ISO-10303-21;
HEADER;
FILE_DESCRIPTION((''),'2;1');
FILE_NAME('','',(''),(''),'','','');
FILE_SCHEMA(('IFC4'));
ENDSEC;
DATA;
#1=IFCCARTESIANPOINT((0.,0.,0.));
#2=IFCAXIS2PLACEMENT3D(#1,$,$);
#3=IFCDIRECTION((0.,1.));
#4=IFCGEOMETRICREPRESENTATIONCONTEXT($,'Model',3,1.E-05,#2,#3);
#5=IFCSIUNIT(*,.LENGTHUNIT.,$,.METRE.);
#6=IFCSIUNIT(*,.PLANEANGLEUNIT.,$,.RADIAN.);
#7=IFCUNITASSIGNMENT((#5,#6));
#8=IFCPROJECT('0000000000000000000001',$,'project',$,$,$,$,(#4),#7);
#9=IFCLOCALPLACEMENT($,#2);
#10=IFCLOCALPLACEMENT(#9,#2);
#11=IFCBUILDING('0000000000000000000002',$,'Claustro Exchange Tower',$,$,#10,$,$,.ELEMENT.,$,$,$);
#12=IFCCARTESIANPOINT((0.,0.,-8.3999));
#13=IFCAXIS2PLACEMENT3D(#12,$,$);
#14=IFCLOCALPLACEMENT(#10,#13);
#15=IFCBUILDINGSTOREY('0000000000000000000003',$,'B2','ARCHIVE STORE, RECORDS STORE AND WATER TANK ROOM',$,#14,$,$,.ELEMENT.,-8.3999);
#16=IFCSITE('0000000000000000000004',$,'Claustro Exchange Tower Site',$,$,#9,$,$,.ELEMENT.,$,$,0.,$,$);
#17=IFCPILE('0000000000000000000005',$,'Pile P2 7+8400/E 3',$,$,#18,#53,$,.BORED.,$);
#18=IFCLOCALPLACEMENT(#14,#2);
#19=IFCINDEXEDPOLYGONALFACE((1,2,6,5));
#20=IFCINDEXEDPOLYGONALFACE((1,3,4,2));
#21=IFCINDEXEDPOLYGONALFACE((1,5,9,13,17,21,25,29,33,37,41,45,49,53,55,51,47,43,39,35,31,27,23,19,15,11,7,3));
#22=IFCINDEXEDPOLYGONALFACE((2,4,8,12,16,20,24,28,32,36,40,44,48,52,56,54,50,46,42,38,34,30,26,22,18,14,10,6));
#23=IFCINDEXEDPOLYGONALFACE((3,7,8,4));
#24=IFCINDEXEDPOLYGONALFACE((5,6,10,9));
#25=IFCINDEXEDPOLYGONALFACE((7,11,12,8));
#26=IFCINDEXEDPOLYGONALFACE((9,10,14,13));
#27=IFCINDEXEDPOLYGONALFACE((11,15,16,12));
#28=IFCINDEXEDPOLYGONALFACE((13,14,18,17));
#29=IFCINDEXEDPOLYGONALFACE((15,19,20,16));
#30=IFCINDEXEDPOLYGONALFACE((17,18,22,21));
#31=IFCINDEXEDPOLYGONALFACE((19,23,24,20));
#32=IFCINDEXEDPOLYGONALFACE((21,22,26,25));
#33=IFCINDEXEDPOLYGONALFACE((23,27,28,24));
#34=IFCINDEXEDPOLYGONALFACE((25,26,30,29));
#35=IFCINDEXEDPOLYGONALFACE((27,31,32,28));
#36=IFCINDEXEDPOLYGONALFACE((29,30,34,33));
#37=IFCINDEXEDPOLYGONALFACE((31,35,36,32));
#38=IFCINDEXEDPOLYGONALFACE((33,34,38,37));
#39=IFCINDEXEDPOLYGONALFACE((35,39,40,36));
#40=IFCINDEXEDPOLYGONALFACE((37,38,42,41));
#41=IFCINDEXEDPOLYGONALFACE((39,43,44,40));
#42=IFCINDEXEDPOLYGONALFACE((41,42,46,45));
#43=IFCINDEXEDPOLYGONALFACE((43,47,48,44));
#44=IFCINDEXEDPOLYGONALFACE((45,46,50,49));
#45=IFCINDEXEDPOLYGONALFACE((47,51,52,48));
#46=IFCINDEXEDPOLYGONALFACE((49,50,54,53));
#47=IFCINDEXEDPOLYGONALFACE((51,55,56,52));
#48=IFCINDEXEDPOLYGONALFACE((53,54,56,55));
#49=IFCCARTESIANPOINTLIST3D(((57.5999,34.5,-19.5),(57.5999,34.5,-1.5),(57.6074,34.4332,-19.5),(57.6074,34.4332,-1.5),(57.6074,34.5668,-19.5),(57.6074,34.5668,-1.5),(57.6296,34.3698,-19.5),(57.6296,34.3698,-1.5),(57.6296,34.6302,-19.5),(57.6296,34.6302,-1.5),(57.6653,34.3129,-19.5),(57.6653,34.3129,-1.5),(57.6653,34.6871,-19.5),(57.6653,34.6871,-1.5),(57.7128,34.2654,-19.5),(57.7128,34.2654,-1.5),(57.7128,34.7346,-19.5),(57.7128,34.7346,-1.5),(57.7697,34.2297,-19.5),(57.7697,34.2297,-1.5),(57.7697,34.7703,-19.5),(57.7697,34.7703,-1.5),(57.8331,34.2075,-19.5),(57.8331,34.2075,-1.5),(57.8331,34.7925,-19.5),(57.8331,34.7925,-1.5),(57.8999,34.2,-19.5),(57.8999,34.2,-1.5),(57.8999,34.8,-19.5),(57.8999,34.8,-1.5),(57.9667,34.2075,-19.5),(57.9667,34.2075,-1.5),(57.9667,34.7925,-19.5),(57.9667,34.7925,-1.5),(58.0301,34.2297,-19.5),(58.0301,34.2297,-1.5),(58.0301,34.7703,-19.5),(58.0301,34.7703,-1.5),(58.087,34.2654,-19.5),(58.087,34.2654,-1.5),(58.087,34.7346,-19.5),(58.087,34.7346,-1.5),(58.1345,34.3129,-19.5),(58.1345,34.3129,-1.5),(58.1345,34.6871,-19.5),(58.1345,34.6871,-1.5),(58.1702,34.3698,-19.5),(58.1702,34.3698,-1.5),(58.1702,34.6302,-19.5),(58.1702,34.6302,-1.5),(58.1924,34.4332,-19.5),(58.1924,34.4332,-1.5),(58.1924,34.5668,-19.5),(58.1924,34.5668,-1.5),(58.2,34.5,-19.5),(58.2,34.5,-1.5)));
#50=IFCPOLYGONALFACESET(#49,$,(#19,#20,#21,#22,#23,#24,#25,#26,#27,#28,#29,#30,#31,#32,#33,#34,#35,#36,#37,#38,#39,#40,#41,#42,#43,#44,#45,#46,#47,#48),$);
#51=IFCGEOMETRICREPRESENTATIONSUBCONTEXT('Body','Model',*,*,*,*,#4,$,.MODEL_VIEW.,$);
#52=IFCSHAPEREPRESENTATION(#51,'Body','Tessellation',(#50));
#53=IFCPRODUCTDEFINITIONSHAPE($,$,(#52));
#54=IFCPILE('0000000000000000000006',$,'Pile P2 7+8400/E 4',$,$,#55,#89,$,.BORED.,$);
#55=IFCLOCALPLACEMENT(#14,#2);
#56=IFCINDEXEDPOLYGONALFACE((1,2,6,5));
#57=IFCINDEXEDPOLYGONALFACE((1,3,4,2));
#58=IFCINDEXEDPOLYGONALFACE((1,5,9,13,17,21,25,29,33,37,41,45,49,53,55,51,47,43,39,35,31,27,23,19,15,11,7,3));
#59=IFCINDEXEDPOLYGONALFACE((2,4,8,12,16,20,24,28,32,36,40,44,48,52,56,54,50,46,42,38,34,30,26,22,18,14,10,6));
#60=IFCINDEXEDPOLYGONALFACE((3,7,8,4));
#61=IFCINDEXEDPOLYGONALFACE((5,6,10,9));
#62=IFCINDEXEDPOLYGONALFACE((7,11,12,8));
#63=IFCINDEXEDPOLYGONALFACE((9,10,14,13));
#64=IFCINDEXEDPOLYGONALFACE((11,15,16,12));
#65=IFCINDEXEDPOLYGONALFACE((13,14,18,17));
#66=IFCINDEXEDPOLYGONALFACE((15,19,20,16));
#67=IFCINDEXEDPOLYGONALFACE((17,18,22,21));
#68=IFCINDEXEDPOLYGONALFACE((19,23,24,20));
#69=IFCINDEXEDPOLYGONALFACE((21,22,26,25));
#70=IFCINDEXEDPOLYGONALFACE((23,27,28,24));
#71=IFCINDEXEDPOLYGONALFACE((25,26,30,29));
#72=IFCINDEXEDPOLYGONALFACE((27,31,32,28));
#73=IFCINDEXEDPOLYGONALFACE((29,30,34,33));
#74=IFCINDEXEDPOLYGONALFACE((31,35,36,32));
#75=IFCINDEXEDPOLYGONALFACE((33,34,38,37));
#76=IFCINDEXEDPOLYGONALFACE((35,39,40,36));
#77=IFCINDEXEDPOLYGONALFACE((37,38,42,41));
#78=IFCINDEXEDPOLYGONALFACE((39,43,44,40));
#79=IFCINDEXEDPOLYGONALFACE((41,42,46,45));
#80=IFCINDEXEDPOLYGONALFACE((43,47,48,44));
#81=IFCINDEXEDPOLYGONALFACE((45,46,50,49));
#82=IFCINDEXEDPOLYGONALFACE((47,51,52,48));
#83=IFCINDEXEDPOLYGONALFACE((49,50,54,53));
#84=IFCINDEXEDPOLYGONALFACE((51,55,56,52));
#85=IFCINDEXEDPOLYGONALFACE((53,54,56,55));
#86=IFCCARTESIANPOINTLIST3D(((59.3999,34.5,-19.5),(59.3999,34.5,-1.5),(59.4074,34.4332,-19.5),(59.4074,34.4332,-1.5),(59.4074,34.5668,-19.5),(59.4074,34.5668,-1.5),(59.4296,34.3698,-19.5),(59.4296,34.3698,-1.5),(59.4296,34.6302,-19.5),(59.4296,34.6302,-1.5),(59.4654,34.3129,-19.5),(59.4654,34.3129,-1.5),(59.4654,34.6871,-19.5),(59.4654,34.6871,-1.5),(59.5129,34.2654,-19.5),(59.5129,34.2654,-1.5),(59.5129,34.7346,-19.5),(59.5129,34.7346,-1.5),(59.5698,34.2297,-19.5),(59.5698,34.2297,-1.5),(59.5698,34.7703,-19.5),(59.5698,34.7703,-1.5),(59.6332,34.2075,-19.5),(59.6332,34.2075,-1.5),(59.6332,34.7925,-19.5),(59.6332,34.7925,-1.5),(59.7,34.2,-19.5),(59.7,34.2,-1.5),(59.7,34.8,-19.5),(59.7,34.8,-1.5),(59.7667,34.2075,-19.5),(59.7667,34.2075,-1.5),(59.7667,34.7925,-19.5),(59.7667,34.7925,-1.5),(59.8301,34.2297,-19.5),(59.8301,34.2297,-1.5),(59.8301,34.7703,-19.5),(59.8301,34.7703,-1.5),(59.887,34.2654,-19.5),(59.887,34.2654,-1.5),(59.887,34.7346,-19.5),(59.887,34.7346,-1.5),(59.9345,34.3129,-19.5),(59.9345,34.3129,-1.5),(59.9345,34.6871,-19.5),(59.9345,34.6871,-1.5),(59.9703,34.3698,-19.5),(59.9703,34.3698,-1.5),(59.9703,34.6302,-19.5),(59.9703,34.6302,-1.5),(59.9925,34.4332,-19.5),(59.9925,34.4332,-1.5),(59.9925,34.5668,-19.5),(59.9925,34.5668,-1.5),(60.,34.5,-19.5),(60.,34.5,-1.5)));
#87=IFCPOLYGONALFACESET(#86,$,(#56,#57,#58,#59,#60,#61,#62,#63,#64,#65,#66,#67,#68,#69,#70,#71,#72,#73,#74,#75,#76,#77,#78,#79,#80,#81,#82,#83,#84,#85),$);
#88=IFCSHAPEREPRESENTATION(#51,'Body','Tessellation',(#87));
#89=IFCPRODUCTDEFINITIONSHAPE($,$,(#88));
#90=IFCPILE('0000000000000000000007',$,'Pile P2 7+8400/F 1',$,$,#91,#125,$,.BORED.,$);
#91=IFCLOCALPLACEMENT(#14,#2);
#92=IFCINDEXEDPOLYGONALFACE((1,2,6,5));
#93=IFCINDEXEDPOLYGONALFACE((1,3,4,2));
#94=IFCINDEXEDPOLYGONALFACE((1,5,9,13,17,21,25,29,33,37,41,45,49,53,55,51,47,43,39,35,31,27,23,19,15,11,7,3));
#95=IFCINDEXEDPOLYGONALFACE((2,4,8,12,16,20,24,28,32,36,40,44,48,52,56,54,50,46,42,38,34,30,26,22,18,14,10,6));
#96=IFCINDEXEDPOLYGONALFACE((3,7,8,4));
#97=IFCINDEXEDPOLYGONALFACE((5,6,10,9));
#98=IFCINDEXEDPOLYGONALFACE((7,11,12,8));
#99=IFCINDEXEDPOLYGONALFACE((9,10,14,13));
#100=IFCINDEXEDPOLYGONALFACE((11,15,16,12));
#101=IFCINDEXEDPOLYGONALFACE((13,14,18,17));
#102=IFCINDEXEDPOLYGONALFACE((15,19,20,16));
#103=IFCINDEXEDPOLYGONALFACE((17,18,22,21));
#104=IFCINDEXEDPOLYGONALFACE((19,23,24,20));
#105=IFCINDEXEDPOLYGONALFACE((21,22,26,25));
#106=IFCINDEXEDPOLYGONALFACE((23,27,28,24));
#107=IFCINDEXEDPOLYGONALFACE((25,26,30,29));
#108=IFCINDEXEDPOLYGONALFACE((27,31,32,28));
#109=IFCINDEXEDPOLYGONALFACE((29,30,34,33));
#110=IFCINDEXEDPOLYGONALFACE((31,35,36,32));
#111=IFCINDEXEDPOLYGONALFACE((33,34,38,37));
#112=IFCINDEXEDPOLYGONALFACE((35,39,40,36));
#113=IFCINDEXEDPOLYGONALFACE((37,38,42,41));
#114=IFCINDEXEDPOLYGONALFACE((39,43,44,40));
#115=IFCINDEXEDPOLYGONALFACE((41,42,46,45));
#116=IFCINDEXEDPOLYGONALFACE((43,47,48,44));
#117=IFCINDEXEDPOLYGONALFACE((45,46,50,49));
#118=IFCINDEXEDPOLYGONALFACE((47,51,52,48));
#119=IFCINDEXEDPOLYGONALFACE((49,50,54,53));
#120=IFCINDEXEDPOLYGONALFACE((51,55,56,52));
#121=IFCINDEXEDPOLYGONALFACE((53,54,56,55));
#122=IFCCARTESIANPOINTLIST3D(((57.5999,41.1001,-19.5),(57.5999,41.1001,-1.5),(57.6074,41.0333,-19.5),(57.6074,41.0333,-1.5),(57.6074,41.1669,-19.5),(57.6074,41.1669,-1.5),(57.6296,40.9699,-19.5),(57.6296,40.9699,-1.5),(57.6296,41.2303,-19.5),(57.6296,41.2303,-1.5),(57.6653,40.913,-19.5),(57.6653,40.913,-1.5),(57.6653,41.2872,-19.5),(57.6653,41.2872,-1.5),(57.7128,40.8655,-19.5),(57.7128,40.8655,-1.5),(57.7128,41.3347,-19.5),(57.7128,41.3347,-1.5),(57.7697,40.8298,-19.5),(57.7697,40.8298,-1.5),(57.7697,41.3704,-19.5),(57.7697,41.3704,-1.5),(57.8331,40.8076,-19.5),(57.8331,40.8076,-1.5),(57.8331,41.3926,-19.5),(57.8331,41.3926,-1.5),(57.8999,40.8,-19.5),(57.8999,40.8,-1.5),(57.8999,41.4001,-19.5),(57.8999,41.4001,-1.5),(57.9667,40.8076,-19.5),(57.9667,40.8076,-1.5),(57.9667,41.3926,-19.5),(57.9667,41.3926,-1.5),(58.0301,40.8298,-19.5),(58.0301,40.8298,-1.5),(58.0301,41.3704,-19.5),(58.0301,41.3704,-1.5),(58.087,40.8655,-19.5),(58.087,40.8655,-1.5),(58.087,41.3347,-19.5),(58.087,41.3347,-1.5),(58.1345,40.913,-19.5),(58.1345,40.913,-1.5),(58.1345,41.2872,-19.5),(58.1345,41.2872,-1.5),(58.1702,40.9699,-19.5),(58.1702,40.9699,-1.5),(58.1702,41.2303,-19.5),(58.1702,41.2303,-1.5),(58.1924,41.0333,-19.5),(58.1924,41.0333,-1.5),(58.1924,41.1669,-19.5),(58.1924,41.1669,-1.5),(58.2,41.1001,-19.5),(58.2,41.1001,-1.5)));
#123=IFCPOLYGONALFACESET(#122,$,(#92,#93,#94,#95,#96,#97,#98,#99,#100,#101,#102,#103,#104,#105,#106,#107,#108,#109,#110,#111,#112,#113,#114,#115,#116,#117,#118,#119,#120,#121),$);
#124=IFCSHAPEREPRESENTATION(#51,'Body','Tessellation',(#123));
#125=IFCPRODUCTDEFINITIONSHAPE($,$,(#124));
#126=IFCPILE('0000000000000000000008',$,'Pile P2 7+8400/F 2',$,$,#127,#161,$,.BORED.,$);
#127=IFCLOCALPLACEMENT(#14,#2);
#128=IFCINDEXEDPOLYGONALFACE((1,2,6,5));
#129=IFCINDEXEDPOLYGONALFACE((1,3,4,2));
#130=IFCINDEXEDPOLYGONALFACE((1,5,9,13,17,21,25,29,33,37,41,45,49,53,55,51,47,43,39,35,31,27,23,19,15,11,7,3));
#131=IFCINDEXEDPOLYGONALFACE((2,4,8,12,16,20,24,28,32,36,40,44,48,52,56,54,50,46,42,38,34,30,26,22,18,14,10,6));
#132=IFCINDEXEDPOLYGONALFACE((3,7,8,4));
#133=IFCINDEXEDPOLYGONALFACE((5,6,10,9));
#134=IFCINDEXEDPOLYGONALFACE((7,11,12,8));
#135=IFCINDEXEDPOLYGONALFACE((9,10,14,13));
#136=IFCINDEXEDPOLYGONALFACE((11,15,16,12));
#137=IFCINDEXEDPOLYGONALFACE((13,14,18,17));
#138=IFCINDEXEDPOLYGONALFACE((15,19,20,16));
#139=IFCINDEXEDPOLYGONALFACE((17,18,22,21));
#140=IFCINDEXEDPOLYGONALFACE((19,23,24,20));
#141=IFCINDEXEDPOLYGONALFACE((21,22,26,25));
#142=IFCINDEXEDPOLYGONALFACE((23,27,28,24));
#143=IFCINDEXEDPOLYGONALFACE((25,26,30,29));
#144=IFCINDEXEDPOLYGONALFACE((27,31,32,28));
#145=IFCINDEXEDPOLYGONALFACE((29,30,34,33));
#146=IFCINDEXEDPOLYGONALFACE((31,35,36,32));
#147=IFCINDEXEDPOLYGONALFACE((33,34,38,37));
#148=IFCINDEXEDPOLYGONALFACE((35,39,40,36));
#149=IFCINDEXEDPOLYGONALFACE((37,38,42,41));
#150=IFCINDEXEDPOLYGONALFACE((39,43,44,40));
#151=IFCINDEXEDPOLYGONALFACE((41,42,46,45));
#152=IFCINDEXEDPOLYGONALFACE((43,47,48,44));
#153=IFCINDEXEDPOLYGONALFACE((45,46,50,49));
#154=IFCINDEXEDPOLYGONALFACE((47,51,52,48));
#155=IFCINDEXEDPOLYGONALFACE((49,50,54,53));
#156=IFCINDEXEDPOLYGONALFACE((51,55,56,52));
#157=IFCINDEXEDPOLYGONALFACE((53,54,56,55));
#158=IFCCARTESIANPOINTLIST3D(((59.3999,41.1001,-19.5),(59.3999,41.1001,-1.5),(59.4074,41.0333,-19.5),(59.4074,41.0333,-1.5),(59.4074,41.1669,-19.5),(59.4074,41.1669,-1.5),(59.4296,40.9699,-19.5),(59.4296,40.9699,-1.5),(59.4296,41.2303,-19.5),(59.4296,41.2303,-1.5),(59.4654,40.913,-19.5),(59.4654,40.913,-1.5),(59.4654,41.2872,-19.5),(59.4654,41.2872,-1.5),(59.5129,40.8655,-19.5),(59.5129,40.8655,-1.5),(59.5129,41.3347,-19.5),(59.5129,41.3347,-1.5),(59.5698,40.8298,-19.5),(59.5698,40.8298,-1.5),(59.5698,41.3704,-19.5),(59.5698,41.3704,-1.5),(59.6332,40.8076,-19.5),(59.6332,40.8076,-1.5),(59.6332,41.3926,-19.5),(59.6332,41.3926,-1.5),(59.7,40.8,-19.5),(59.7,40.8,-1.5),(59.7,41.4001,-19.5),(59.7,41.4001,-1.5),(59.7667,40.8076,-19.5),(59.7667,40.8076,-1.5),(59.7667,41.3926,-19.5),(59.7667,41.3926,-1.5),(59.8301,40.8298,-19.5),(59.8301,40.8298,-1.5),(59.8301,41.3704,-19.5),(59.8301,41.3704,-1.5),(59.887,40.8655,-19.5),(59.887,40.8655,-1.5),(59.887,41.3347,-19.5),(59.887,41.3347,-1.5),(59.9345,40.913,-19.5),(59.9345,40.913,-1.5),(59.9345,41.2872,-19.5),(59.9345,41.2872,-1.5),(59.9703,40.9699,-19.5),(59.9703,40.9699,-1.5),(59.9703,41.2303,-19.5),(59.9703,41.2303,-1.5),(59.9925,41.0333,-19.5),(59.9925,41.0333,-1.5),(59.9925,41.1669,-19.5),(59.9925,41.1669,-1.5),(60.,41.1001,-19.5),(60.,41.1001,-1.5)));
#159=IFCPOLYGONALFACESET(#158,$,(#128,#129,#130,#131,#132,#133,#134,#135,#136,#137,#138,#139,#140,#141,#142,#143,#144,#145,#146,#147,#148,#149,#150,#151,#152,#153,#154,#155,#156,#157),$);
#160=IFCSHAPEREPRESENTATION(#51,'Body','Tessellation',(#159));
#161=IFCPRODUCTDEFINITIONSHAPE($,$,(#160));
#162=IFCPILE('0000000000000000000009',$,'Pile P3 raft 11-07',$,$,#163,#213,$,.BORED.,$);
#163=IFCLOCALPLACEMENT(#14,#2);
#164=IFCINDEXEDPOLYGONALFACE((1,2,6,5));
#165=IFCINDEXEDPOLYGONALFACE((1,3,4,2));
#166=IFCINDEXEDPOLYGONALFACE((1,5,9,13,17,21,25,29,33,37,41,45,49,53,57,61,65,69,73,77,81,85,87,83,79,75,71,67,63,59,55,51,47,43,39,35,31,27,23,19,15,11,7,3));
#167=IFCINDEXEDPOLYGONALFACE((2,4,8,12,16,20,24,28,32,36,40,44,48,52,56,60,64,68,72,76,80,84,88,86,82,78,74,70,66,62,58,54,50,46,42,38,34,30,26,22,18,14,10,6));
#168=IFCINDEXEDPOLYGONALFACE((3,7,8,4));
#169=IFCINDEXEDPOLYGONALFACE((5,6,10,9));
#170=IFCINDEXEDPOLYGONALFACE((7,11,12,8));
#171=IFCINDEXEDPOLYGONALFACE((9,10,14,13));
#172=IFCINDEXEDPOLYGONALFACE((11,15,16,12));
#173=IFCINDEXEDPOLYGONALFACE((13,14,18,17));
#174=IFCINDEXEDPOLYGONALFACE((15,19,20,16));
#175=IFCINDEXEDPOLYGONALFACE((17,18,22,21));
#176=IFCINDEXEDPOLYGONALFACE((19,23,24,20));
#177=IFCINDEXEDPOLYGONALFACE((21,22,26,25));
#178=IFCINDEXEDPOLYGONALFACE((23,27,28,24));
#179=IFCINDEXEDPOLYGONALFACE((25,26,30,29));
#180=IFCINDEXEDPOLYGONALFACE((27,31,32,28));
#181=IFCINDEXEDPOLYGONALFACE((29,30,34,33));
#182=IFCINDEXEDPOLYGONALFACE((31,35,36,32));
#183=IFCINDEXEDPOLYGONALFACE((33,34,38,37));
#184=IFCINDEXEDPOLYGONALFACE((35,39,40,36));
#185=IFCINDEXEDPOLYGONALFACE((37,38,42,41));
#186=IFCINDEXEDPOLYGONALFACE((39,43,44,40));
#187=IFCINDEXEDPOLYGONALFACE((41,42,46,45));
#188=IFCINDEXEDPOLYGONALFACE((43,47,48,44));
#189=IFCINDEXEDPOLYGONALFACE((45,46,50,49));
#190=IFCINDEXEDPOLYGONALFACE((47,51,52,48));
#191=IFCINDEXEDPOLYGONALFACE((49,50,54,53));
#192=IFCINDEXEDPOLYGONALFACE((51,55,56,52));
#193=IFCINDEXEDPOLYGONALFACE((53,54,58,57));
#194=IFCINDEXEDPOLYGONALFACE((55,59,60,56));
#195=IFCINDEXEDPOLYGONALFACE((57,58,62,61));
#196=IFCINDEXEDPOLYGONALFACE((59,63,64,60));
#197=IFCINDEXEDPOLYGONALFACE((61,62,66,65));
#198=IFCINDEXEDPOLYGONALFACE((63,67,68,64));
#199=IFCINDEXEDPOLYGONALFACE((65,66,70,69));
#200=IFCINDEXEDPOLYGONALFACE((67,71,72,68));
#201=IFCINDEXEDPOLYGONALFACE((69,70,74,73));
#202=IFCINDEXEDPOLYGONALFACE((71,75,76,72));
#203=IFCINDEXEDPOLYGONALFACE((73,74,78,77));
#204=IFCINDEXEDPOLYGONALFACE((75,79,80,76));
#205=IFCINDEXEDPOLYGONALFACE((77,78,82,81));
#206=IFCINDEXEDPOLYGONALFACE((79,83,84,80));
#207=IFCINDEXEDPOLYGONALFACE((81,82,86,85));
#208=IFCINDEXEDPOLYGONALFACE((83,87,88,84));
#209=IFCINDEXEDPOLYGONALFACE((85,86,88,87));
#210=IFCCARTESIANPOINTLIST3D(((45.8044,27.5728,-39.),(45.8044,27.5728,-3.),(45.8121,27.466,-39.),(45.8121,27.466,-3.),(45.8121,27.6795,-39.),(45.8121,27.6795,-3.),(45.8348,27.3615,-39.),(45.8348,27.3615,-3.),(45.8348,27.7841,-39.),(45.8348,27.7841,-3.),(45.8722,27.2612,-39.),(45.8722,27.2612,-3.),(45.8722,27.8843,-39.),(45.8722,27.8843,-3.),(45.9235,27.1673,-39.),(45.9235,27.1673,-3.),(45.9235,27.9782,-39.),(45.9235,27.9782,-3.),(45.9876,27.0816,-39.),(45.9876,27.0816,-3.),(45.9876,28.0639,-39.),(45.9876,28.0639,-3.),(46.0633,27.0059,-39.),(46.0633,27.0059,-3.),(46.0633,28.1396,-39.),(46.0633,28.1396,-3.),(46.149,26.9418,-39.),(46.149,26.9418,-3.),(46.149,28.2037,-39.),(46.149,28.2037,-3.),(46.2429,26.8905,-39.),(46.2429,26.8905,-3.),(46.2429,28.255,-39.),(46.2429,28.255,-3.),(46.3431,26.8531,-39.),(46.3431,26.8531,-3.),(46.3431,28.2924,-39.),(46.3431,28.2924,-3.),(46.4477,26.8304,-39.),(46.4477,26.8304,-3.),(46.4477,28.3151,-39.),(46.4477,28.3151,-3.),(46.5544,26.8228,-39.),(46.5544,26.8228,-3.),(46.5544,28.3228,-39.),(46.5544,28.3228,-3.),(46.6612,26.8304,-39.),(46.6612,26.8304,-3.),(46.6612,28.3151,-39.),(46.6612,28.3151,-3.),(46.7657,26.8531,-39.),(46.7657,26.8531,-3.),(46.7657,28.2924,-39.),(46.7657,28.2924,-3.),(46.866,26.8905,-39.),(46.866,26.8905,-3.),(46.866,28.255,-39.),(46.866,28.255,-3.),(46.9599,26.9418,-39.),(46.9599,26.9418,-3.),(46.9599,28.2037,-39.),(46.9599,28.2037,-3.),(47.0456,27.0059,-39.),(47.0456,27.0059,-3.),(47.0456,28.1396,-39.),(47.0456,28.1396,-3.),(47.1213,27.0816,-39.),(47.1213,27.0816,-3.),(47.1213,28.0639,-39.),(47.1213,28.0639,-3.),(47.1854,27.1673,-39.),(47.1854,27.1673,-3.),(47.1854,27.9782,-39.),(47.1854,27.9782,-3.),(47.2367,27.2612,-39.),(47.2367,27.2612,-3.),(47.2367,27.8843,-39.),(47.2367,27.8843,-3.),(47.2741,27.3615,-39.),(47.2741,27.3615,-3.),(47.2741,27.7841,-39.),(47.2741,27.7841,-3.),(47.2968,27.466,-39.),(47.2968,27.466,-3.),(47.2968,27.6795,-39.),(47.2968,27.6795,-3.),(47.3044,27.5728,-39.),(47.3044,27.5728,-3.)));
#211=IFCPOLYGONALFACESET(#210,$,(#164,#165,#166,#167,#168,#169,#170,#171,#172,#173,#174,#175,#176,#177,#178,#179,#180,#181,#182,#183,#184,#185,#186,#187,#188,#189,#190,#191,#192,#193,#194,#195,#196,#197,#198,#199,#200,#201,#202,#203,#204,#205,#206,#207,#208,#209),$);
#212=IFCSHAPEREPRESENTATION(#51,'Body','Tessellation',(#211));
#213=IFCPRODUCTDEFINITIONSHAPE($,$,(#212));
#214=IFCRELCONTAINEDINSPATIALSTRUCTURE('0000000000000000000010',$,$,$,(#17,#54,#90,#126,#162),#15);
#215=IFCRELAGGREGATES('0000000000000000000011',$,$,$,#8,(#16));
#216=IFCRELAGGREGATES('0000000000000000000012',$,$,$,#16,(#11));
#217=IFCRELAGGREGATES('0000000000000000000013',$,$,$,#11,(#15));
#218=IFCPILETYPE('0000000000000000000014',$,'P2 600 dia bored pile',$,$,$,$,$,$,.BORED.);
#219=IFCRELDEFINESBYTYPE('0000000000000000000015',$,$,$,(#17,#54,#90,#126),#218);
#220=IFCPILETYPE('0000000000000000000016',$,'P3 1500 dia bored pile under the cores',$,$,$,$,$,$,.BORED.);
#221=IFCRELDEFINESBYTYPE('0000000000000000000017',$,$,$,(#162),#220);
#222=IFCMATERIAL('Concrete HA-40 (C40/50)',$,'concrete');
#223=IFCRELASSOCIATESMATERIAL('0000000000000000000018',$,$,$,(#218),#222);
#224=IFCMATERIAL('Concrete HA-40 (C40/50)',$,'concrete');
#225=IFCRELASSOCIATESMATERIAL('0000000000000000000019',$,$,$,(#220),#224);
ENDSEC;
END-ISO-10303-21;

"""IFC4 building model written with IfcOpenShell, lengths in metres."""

from ifc_helpers import new_model, si_unit, direction, frame, origin, origin_2d, place, context, subcontext, project, spatial, circle, extrude, material, type_object, element, save


model = new_model("IFC4")

# Units and contexts
model_context = context("Model", 3, precision=1e-05, world=origin(), true_north=direction((0.0, 1.0)))
body_context = subcontext(model_context, "Body", "Model", "MODEL_VIEW")
ifc_project = project(units=[si_unit("LENGTHUNIT", "METRE"), si_unit("PLANEANGLEUNIT", "RADIAN")], contexts=[model_context])

# Site, building, storey
site_placement = place(None, origin())
site = spatial("IfcSite", under=ifc_project, at=site_placement, Name="Claustro Exchange Tower Site", CompositionType="ELEMENT", RefElevation=0.0)
building_placement = place(site_placement, origin())
building = spatial("IfcBuilding", under=site, at=building_placement, Name="Claustro Exchange Tower", CompositionType="ELEMENT")
storey_placement = place(building_placement, frame((0.0, 0.0, -8.3999)))
storey = spatial("IfcBuildingStorey", under=building, at=storey_placement, Name="B2", Description="ARCHIVE STORE, RECORDS STORE AND WATER TANK ROOM", CompositionType="ELEMENT", Elevation=-8.3999)

# Piles
ifc_material_1 = material(Name="Concrete HA-40 (C40/50)", Category="concrete")
pile_type_1 = type_object("IfcPileType", Name="P2 600 dia bored pile", PredefinedType="BORED", material=ifc_material_1)
for number, where, z_axis, x_axis, name in (
    (1, (57.8999, 34.5, -1.5), (0.0, 0.0, -1.0), (1.0, 0.0, 0.0), "Pile P2 7+8400/E 3"),
    (2, (59.7, 34.5, -1.5), (0.0, 0.0, -1.0), (1.0, 0.0, 0.0), "Pile P2 7+8400/E 4"),
    (3, (57.8999, 41.1001, -1.5), (0.0, 0.0, -1.0), (1.0, 0.0, 0.0), "Pile P2 7+8400/F 1"),
    (4, (59.7, 41.1001, -1.5), (0.0, 0.0, -1.0), (1.0, 0.0, 0.0), "Pile P2 7+8400/F 2"),
):
    element("IfcPile", number, at=place(storey_placement, frame(where, z_axis=z_axis, x_axis=x_axis)), inside=storey, type_object=pile_type_1, Name=name, PredefinedType="BORED", context=body_context, shape_type="SweptSolid", body=[
        extrude(circle(Radius=0.3, at=origin_2d()), origin(), (0.0, 0.0, 1.0), 18.0),
    ])
ifc_material_2 = material(Name="Concrete HA-40 (C40/50)", Category="concrete")
pile_type_2 = type_object("IfcPileType", Name="P3 1500 dia bored pile under the cores", PredefinedType="BORED", material=ifc_material_2)
for number, where, z_axis, x_axis, name in (
    (5, (46.5544, 27.5728, -3.0), (0.0, 0.0, -1.0), (1.0, 0.0, 0.0), "Pile P3 raft 11-07"),
):
    element("IfcPile", number, at=place(storey_placement, frame(where, z_axis=z_axis, x_axis=x_axis)), inside=storey, type_object=pile_type_2, Name=name, PredefinedType="BORED", context=body_context, shape_type="SweptSolid", body=[
        extrude(circle(Radius=0.75, at=origin_2d()), origin(), (0.0, 0.0, 1.0), 36.0),
    ])

save(model, "model.ifc")
